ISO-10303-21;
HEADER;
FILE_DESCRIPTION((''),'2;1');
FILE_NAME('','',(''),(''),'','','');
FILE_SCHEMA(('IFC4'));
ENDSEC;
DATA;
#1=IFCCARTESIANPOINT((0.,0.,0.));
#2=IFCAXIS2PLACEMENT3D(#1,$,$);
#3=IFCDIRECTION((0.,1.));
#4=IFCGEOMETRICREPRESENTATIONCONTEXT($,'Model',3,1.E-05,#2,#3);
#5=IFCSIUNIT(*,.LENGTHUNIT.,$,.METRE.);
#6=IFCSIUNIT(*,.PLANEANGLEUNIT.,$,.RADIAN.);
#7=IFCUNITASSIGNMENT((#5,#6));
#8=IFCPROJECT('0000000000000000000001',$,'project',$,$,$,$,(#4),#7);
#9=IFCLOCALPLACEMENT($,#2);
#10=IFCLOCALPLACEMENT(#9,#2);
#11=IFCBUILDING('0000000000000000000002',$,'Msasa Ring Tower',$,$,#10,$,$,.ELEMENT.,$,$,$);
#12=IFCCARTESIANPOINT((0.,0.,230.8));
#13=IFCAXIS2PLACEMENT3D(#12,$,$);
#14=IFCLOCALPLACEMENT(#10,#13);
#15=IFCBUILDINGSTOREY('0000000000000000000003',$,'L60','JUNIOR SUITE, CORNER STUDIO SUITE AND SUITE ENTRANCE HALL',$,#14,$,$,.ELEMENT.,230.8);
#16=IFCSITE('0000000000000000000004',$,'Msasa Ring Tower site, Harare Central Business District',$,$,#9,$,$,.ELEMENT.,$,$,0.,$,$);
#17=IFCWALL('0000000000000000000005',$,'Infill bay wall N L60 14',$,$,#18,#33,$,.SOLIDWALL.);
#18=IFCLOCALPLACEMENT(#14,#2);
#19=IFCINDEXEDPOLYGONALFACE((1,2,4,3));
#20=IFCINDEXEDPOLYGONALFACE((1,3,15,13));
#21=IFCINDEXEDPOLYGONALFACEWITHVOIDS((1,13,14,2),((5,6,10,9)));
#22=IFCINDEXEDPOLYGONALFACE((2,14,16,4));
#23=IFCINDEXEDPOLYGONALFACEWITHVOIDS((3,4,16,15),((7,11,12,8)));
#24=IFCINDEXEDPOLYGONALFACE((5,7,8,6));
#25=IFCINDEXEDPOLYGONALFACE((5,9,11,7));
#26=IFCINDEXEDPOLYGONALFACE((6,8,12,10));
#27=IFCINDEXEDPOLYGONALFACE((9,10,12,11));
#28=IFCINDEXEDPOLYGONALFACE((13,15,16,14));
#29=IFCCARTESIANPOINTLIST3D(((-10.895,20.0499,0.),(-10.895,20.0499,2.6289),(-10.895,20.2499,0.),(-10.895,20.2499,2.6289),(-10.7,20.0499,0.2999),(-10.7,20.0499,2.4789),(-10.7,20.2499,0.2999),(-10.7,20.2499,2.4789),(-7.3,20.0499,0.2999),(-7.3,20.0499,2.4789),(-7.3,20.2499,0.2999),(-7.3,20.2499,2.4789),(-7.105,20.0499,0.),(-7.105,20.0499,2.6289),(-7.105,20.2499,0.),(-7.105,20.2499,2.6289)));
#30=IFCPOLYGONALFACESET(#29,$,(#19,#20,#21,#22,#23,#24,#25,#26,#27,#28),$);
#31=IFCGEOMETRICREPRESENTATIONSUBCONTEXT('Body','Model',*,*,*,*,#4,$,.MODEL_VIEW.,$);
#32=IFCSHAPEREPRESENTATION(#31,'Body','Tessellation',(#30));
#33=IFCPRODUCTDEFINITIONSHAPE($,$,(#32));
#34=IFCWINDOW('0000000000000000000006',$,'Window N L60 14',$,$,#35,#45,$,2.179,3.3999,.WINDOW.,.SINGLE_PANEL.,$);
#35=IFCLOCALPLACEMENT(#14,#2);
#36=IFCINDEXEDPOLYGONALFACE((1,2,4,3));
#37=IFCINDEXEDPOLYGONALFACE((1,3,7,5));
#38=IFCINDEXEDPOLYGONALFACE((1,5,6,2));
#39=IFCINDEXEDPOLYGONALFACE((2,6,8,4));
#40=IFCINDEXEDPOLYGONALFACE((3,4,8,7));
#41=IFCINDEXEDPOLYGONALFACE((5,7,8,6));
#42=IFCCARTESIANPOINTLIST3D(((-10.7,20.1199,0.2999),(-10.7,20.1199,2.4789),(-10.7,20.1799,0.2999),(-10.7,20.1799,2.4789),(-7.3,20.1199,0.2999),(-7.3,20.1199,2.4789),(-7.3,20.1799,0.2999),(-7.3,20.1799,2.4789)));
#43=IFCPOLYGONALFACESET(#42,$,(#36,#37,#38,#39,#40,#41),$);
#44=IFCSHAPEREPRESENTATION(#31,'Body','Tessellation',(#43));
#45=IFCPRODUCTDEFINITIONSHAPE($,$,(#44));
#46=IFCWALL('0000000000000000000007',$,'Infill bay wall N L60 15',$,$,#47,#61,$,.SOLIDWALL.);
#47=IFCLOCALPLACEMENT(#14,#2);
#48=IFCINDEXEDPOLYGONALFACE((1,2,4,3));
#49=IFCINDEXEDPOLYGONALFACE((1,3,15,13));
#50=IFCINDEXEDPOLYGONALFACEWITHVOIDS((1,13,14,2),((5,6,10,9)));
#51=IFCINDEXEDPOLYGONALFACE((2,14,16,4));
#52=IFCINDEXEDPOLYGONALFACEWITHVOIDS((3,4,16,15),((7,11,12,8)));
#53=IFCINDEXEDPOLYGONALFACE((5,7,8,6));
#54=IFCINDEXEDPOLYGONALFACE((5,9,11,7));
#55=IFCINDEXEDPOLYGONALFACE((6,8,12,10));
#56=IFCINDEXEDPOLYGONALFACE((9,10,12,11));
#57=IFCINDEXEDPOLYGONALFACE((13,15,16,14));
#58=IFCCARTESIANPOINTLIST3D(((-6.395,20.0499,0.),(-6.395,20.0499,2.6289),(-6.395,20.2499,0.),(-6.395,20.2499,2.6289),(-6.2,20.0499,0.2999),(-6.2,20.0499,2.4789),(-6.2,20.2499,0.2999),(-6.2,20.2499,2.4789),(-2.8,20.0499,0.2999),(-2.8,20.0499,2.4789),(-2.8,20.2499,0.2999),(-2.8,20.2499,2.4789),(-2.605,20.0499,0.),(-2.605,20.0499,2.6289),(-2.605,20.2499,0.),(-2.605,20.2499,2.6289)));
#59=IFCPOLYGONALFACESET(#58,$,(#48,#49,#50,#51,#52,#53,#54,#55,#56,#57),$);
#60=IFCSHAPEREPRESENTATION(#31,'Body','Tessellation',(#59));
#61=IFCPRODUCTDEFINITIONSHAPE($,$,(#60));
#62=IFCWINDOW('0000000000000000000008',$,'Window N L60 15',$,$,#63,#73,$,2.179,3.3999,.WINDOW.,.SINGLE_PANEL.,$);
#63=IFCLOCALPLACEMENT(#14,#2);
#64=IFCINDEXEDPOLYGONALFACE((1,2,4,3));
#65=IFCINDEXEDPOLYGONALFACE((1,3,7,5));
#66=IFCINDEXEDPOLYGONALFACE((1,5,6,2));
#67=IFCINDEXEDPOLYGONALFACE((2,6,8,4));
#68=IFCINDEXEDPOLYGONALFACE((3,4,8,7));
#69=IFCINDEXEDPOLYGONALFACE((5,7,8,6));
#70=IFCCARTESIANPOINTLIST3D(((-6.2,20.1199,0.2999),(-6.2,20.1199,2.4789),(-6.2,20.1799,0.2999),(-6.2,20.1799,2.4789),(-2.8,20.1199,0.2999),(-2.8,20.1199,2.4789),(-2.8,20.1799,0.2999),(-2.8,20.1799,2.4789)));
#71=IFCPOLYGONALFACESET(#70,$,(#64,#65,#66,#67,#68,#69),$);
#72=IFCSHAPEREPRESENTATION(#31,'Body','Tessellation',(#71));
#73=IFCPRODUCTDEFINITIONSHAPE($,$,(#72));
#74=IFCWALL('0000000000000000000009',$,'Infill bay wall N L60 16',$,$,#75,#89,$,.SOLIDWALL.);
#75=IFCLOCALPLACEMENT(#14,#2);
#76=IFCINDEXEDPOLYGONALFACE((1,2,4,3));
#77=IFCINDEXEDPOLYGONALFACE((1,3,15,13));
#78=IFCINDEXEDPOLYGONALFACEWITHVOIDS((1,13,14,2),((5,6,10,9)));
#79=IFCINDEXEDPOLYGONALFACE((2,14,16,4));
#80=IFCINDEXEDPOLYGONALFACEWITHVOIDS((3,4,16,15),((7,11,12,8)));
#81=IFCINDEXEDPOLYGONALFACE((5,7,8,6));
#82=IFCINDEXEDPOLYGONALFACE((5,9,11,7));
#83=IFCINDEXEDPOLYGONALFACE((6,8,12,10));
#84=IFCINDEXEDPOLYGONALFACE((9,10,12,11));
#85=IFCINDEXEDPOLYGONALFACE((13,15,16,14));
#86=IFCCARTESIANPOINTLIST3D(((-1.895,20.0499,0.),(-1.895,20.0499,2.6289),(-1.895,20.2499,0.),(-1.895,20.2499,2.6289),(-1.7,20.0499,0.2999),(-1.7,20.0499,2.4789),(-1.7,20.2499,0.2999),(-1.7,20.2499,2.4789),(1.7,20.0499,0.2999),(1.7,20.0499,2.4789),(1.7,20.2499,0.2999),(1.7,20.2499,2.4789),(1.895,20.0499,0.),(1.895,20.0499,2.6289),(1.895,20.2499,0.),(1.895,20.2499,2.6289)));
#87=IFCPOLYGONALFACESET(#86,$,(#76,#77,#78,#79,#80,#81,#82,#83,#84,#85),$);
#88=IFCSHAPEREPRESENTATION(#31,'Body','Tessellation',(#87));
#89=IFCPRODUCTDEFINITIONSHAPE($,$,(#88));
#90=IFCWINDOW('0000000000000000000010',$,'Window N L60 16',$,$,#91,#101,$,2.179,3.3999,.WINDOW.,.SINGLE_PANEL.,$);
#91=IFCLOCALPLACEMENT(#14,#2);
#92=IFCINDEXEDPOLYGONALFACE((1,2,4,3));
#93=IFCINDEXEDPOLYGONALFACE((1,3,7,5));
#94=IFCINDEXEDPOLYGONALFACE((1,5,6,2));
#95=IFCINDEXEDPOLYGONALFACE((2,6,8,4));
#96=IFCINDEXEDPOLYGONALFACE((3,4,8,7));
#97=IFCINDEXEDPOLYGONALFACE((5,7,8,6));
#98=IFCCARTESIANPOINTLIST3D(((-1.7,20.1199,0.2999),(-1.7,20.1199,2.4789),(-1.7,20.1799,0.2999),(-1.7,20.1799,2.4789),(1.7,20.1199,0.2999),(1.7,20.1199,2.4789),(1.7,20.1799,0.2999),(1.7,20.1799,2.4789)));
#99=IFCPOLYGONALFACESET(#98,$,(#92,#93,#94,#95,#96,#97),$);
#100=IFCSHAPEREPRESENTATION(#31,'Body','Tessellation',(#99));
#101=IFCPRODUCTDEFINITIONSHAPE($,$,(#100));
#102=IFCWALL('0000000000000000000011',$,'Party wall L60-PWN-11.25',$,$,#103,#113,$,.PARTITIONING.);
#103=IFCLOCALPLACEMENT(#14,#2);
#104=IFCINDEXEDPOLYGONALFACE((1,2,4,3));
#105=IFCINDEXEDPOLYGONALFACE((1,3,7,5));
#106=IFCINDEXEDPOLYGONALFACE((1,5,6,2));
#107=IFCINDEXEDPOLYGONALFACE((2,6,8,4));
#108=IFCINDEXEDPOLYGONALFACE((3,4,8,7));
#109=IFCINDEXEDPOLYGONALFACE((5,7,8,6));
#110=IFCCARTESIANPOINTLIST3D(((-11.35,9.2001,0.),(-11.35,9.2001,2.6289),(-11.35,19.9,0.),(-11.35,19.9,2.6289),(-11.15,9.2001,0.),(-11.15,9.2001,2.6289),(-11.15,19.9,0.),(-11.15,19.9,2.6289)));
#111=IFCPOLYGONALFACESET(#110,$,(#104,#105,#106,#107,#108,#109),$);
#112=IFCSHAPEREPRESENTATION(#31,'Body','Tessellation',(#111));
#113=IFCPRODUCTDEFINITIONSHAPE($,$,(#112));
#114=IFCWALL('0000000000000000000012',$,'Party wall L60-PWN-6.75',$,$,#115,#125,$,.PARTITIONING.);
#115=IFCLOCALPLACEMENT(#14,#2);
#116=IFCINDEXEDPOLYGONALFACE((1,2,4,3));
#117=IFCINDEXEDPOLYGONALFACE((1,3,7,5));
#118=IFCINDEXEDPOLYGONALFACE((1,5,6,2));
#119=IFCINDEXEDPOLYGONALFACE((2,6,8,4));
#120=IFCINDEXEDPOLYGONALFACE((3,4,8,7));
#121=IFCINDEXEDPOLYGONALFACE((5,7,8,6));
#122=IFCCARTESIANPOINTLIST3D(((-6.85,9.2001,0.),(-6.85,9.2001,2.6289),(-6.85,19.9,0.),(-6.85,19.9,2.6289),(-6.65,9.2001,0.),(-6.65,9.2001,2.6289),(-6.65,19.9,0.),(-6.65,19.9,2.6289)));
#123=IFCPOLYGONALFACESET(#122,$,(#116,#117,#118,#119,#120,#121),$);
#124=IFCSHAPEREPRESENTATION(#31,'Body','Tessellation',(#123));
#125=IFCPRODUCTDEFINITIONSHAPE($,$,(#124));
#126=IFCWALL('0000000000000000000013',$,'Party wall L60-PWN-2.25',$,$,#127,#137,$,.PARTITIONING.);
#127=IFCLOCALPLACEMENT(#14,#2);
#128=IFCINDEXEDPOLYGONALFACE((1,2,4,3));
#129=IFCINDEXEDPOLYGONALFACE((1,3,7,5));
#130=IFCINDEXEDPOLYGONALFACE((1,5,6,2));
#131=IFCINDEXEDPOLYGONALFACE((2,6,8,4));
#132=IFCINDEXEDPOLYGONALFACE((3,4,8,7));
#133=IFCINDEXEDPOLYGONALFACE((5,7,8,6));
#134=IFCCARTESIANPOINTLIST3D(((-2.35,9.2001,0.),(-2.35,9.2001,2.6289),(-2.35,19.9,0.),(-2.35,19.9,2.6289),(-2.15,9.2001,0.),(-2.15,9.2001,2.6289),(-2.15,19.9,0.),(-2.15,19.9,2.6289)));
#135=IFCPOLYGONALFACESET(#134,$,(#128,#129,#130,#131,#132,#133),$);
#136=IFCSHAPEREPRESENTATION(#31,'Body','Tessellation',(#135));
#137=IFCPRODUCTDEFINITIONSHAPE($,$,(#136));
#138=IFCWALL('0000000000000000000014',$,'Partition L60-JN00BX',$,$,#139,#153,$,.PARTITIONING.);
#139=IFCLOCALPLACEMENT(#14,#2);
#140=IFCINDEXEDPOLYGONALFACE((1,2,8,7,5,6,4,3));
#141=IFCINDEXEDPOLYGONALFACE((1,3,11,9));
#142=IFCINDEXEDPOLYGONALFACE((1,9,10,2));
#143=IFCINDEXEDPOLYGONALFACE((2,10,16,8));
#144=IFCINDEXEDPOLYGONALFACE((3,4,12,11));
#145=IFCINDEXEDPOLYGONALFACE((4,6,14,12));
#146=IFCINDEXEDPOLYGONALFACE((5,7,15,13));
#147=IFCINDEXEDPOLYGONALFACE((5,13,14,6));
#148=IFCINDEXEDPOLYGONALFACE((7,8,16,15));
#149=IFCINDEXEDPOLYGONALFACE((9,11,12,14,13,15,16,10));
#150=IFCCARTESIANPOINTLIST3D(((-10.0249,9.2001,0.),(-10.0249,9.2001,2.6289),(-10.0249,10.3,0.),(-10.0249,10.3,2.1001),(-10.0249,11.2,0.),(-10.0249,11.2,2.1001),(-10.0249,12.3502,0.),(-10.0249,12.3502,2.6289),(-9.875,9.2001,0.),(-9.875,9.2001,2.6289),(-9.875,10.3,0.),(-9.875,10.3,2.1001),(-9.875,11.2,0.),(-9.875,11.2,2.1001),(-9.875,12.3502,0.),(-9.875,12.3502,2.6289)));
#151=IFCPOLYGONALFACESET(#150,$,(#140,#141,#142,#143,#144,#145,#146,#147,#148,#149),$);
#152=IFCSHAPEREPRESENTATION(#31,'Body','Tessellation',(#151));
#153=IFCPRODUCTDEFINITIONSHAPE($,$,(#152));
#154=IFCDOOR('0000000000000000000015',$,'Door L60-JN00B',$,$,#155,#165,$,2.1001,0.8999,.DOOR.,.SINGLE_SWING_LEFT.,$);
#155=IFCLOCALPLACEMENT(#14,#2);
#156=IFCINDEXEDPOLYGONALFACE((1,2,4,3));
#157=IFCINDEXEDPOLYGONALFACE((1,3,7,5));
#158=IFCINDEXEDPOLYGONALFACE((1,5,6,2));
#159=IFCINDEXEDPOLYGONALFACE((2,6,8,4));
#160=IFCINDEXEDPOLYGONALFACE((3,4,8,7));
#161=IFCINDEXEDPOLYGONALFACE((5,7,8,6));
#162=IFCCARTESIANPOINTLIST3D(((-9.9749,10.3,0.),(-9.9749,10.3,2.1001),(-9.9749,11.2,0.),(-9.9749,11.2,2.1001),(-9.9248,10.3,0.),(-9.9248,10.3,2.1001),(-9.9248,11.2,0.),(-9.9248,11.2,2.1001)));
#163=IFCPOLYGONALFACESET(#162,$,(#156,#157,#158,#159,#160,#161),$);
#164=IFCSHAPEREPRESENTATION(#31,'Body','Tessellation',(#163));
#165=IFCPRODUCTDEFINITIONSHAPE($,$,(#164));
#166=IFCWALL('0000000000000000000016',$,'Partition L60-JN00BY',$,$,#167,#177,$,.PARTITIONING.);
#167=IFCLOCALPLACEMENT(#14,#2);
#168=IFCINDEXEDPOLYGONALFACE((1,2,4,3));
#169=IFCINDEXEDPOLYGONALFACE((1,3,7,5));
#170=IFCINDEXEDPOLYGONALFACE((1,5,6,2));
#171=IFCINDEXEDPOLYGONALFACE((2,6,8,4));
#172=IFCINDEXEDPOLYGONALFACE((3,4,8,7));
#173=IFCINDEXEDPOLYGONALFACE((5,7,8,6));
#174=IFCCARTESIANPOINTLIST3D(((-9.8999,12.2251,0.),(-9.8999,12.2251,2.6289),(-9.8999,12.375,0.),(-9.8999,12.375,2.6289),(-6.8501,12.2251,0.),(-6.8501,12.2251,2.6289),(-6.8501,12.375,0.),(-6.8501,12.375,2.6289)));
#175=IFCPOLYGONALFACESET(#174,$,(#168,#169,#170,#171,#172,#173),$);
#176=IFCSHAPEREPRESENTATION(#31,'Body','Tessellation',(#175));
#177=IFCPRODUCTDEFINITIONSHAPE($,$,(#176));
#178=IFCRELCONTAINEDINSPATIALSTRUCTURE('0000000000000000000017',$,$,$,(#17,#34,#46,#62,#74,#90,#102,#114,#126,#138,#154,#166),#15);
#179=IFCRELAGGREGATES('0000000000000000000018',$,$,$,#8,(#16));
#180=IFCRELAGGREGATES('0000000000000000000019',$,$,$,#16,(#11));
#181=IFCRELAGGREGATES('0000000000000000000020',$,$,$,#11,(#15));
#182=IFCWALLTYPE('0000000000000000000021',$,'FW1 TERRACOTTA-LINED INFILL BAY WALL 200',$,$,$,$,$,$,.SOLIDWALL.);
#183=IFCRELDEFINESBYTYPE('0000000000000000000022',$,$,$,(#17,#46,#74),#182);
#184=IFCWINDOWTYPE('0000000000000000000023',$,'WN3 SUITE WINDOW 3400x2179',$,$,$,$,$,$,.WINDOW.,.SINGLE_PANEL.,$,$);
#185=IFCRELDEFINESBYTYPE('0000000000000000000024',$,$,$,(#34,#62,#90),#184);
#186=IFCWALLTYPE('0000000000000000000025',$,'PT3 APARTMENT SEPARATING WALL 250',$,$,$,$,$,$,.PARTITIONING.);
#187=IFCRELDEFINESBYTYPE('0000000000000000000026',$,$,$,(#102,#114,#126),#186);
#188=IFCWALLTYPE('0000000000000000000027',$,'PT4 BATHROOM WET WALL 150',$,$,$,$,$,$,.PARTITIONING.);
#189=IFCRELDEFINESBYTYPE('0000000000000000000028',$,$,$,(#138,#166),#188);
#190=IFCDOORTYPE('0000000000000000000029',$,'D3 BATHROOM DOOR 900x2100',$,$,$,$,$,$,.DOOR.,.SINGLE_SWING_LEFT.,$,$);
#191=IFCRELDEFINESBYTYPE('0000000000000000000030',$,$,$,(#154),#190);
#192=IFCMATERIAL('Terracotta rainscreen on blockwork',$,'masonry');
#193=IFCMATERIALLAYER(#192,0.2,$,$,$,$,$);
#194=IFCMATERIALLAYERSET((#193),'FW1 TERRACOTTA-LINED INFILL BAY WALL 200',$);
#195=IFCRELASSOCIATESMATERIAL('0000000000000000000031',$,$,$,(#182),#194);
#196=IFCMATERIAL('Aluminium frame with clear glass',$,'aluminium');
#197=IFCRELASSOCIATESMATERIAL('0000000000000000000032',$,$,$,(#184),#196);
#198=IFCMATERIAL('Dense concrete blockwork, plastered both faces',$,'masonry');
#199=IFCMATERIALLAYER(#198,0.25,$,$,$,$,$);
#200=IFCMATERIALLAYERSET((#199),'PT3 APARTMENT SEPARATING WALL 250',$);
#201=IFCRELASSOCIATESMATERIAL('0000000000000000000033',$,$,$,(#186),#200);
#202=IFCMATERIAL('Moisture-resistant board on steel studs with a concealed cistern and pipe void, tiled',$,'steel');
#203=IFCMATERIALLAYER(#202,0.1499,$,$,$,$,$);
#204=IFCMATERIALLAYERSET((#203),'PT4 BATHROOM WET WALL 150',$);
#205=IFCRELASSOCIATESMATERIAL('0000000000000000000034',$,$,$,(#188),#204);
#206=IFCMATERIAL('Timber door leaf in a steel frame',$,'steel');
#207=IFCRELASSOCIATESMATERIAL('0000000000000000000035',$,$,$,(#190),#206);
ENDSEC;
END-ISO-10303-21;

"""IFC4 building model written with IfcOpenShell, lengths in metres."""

from ifc_helpers import new_model, si_unit, direction, frame, frame_2d, origin, place, context, subcontext, project, spatial, rectangle, extrude, material, layer, layer_set, type_object, element, fill, save


model = new_model("IFC4")

# Units and contexts
model_context = context("Model", 3, precision=1e-05, world=origin(), true_north=direction((0.0, 1.0)))
body_context = subcontext(model_context, "Body", "Model", "MODEL_VIEW")
ifc_project = project(units=[si_unit("LENGTHUNIT", "METRE"), si_unit("PLANEANGLEUNIT", "RADIAN")], contexts=[model_context])

# Site, building, storey
site_placement = place(None, origin())
site = spatial("IfcSite", under=ifc_project, at=site_placement, Name="Msasa Ring Tower site, Harare Central Business District", CompositionType="ELEMENT", RefElevation=0.0)
building_placement = place(site_placement, origin())
building = spatial("IfcBuilding", under=site, at=building_placement, Name="Msasa Ring Tower", CompositionType="ELEMENT")
storey_placement = place(building_placement, frame((0.0, 0.0, 230.8)))
storey = spatial("IfcBuildingStorey", under=building, at=storey_placement, Name="L60", Description="JUNIOR SUITE, CORNER STUDIO SUITE AND SUITE ENTRANCE HALL", CompositionType="ELEMENT", Elevation=230.8)

# Walls, openings, windows
ifc_material_1 = material(Name="Terracotta rainscreen on blockwork", Category="masonry")
ifc_layer_1 = layer(ifc_material_1, 0.2)
ifc_layer_set_1 = layer_set([ifc_layer_1], Name="FW1 TERRACOTTA-LINED INFILL BAY WALL 200")
wall_type_1 = type_object("IfcWallType", Name="FW1 TERRACOTTA-LINED INFILL BAY WALL 200", PredefinedType="SOLIDWALL", material=ifc_layer_set_1)
wall_1_placement = place(storey_placement, frame((-10.895, 20.1499, 0.0), z_axis=(0.0, 0.0, 1.0), x_axis=(1.0, 0.0, 0.0)))
wall_1 = element("IfcWall", 1, at=wall_1_placement, inside=storey, type_object=wall_type_1, Name="Infill bay wall N L60 14", PredefinedType="SOLIDWALL", context=body_context, shape_type="SweptSolid", body=[
    extrude(rectangle(XDim=3.79, YDim=0.2, at=frame_2d((1.895, 0.0))), origin(), (0.0, 0.0, 1.0), 2.6289),
])
opening_1_placement = place(wall_1_placement, frame((0.1951, 0.0, 0.3)))
opening_1 = element("IfcOpeningElement", 2, at=opening_1_placement, cuts=wall_1, PredefinedType="OPENING", context=body_context, shape_type="SweptSolid", body=[
    extrude(rectangle(XDim=3.3999, YDim=2.179, at=frame_2d((1.7, 1.0894))), frame((0.0, 0.1099, 0.0), z_axis=(0.0, -1.0, 0.0), x_axis=(1.0, 0.0, 0.0)), (0.0, 0.0, 1.0), 0.22),
])
ifc_material_2 = material(Name="Aluminium frame with clear glass", Category="aluminium")
window_type = type_object("IfcWindowType", Name="WN3 SUITE WINDOW 3400x2179", PartitioningType="SINGLE_PANEL", PredefinedType="WINDOW", material=ifc_material_2)
window_1_placement = place(opening_1_placement, origin())
window_1 = element("IfcWindow", 3, at=window_1_placement, inside=storey, type_object=window_type, Name="Window N L60 14", OverallHeight=2.179, OverallWidth=3.3999, PartitioningType="SINGLE_PANEL", PredefinedType="WINDOW", context=body_context, shape_type="SweptSolid", body=[
    extrude(rectangle(XDim=3.3999, YDim=2.179, at=frame_2d((1.7, 1.0894))), frame((0.0, 0.03, 0.0), z_axis=(0.0, -1.0, 0.0), x_axis=(1.0, 0.0, 0.0)), (0.0, 0.0, 1.0), 0.0601),
])
fill(opening_1, window_1)
wall_2_placement = place(storey_placement, frame((-6.395, 20.1499, 0.0), z_axis=(0.0, 0.0, 1.0), x_axis=(1.0, 0.0, 0.0)))
wall_2 = element("IfcWall", 4, at=wall_2_placement, inside=storey, type_object=wall_type_1, Name="Infill bay wall N L60 15", PredefinedType="SOLIDWALL", context=body_context, shape_type="SweptSolid", body=[
    extrude(rectangle(XDim=3.79, YDim=0.2, at=frame_2d((1.895, 0.0))), origin(), (0.0, 0.0, 1.0), 2.6289),
])
opening_2_placement = place(wall_2_placement, frame((0.1951, 0.0, 0.3)))
opening_2 = element("IfcOpeningElement", 5, at=opening_2_placement, cuts=wall_2, PredefinedType="OPENING", context=body_context, shape_type="SweptSolid", body=[
    extrude(rectangle(XDim=3.3999, YDim=2.179, at=frame_2d((1.7, 1.0894))), frame((0.0, 0.1099, 0.0), z_axis=(0.0, -1.0, 0.0), x_axis=(1.0, 0.0, 0.0)), (0.0, 0.0, 1.0), 0.22),
])
window_2_placement = place(opening_2_placement, origin())
window_2 = element("IfcWindow", 6, at=window_2_placement, inside=storey, type_object=window_type, Name="Window N L60 15", OverallHeight=2.179, OverallWidth=3.3999, PartitioningType="SINGLE_PANEL", PredefinedType="WINDOW", context=body_context, shape_type="SweptSolid", body=[
    extrude(rectangle(XDim=3.3999, YDim=2.179, at=frame_2d((1.7, 1.0894))), frame((0.0, 0.03, 0.0), z_axis=(0.0, -1.0, 0.0), x_axis=(1.0, 0.0, 0.0)), (0.0, 0.0, 1.0), 0.0601),
])
fill(opening_2, window_2)
wall_3_placement = place(storey_placement, frame((-1.895, 20.1499, 0.0), z_axis=(0.0, 0.0, 1.0), x_axis=(1.0, 0.0, 0.0)))
wall_3 = element("IfcWall", 7, at=wall_3_placement, inside=storey, type_object=wall_type_1, Name="Infill bay wall N L60 16", PredefinedType="SOLIDWALL", context=body_context, shape_type="SweptSolid", body=[
    extrude(rectangle(XDim=3.79, YDim=0.2, at=frame_2d((1.895, 0.0))), origin(), (0.0, 0.0, 1.0), 2.6289),
])
opening_3_placement = place(wall_3_placement, frame((0.1951, 0.0, 0.3)))
opening_3 = element("IfcOpeningElement", 8, at=opening_3_placement, cuts=wall_3, PredefinedType="OPENING", context=body_context, shape_type="SweptSolid", body=[
    extrude(rectangle(XDim=3.3999, YDim=2.179, at=frame_2d((1.7, 1.0894))), frame((0.0, 0.1099, 0.0), z_axis=(0.0, -1.0, 0.0), x_axis=(1.0, 0.0, 0.0)), (0.0, 0.0, 1.0), 0.22),
])
window_3_placement = place(opening_3_placement, origin())
window_3 = element("IfcWindow", 9, at=window_3_placement, inside=storey, type_object=window_type, Name="Window N L60 16", OverallHeight=2.179, OverallWidth=3.3999, PartitioningType="SINGLE_PANEL", PredefinedType="WINDOW", context=body_context, shape_type="SweptSolid", body=[
    extrude(rectangle(XDim=3.3999, YDim=2.179, at=frame_2d((1.7, 1.0894))), frame((0.0, 0.03, 0.0), z_axis=(0.0, -1.0, 0.0), x_axis=(1.0, 0.0, 0.0)), (0.0, 0.0, 1.0), 0.0601),
])
fill(opening_3, window_3)

# Walls
ifc_material_3 = material(Name="Dense concrete blockwork, plastered both faces", Category="masonry")
ifc_layer_2 = layer(ifc_material_3, 0.25)
ifc_layer_set_2 = layer_set([ifc_layer_2], Name="PT3 APARTMENT SEPARATING WALL 250")
wall_type_2 = type_object("IfcWallType", Name="PT3 APARTMENT SEPARATING WALL 250", PredefinedType="PARTITIONING", material=ifc_layer_set_2)
for number, where, z_axis, x_axis, name in (
    (10, (-11.25, 9.2, 0.0), (0.0, 0.0, 1.0), (0.0, 1.0, 0.0), "Party wall L60-PWN-11.25"),
    (11, (-6.75, 9.2, 0.0), (0.0, 0.0, 1.0), (0.0, 1.0, 0.0), "Party wall L60-PWN-6.75"),
    (12, (-2.25, 9.2, 0.0), (0.0, 0.0, 1.0), (0.0, 1.0, 0.0), "Party wall L60-PWN-2.25"),
):
    element("IfcWall", number, at=place(storey_placement, frame(where, z_axis=z_axis, x_axis=x_axis)), inside=storey, type_object=wall_type_2, Name=name, PredefinedType="PARTITIONING", context=body_context, shape_type="SweptSolid", body=[
        extrude(rectangle(XDim=10.7, YDim=0.2, at=frame_2d((5.3501, 0.0))), origin(), (0.0, 0.0, 1.0), 2.6289),
    ])

# Wall, opening, door
ifc_material_4 = material(Name="Moisture-resistant board on steel studs with a concealed cistern and pipe void, tiled", Category="steel")
ifc_layer_3 = layer(ifc_material_4, 0.1499)
ifc_layer_set_3 = layer_set([ifc_layer_3], Name="PT4 BATHROOM WET WALL 150")
wall_type_3 = type_object("IfcWallType", Name="PT4 BATHROOM WET WALL 150", PredefinedType="PARTITIONING", material=ifc_layer_set_3)
wall_4_placement = place(storey_placement, frame((-9.95, 9.2, 0.0), z_axis=(0.0, 0.0, 1.0), x_axis=(0.0, 1.0, 0.0)))
wall_4 = element("IfcWall", 13, at=wall_4_placement, inside=storey, type_object=wall_type_3, Name="Partition L60-JN00BX", PredefinedType="PARTITIONING", context=body_context, shape_type="SweptSolid", body=[
    extrude(rectangle(XDim=3.1501, YDim=0.1499, at=frame_2d((1.5752, 0.0))), origin(), (0.0, 0.0, 1.0), 2.6289),
])
opening_4_placement = place(wall_4_placement, frame((1.1001, 0.0, 0.0)))
opening_4 = element("IfcOpeningElement", 14, at=opening_4_placement, cuts=wall_4, PredefinedType="OPENING", context=body_context, shape_type="SweptSolid", body=[
    extrude(rectangle(XDim=0.8999, YDim=2.1001, at=frame_2d((0.45, 1.05))), frame((0.0, 0.085, 0.0), z_axis=(0.0, -1.0, 0.0), x_axis=(1.0, 0.0, 0.0)), (0.0, 0.0, 1.0), 0.1699),
])
ifc_material_5 = material(Name="Timber door leaf in a steel frame", Category="steel")
door_type = type_object("IfcDoorType", Name="D3 BATHROOM DOOR 900x2100", OperationType="SINGLE_SWING_LEFT", PredefinedType="DOOR", material=ifc_material_5)
door_1_placement = place(opening_4_placement, origin())
door_1 = element("IfcDoor", 15, at=door_1_placement, inside=storey, type_object=door_type, Name="Door L60-JN00B", OperationType="SINGLE_SWING_LEFT", OverallHeight=2.1001, OverallWidth=0.8999, PredefinedType="DOOR", context=body_context, shape_type="SweptSolid", body=[
    extrude(rectangle(XDim=0.8999, YDim=2.1001, at=frame_2d((0.45, 1.05))), frame((0.0, 0.0249, 0.0), z_axis=(0.0, -1.0, 0.0), x_axis=(1.0, 0.0, 0.0)), (0.0, 0.0, 1.0), 0.05),
])
fill(opening_4, door_1)

# Wall
wall_5_placement = place(storey_placement, frame((-9.8999, 12.3, 0.0), z_axis=(0.0, 0.0, 1.0), x_axis=(1.0, 0.0, 0.0)))
element("IfcWall", 16, at=wall_5_placement, inside=storey, type_object=wall_type_3, Name="Partition L60-JN00BY", PredefinedType="PARTITIONING", context=body_context, shape_type="SweptSolid", body=[
    extrude(rectangle(XDim=3.0498, YDim=0.1499, at=frame_2d((1.5249, 0.0))), origin(), (0.0, 0.0, 1.0), 2.6289),
])

save(model, "model.ifc")
